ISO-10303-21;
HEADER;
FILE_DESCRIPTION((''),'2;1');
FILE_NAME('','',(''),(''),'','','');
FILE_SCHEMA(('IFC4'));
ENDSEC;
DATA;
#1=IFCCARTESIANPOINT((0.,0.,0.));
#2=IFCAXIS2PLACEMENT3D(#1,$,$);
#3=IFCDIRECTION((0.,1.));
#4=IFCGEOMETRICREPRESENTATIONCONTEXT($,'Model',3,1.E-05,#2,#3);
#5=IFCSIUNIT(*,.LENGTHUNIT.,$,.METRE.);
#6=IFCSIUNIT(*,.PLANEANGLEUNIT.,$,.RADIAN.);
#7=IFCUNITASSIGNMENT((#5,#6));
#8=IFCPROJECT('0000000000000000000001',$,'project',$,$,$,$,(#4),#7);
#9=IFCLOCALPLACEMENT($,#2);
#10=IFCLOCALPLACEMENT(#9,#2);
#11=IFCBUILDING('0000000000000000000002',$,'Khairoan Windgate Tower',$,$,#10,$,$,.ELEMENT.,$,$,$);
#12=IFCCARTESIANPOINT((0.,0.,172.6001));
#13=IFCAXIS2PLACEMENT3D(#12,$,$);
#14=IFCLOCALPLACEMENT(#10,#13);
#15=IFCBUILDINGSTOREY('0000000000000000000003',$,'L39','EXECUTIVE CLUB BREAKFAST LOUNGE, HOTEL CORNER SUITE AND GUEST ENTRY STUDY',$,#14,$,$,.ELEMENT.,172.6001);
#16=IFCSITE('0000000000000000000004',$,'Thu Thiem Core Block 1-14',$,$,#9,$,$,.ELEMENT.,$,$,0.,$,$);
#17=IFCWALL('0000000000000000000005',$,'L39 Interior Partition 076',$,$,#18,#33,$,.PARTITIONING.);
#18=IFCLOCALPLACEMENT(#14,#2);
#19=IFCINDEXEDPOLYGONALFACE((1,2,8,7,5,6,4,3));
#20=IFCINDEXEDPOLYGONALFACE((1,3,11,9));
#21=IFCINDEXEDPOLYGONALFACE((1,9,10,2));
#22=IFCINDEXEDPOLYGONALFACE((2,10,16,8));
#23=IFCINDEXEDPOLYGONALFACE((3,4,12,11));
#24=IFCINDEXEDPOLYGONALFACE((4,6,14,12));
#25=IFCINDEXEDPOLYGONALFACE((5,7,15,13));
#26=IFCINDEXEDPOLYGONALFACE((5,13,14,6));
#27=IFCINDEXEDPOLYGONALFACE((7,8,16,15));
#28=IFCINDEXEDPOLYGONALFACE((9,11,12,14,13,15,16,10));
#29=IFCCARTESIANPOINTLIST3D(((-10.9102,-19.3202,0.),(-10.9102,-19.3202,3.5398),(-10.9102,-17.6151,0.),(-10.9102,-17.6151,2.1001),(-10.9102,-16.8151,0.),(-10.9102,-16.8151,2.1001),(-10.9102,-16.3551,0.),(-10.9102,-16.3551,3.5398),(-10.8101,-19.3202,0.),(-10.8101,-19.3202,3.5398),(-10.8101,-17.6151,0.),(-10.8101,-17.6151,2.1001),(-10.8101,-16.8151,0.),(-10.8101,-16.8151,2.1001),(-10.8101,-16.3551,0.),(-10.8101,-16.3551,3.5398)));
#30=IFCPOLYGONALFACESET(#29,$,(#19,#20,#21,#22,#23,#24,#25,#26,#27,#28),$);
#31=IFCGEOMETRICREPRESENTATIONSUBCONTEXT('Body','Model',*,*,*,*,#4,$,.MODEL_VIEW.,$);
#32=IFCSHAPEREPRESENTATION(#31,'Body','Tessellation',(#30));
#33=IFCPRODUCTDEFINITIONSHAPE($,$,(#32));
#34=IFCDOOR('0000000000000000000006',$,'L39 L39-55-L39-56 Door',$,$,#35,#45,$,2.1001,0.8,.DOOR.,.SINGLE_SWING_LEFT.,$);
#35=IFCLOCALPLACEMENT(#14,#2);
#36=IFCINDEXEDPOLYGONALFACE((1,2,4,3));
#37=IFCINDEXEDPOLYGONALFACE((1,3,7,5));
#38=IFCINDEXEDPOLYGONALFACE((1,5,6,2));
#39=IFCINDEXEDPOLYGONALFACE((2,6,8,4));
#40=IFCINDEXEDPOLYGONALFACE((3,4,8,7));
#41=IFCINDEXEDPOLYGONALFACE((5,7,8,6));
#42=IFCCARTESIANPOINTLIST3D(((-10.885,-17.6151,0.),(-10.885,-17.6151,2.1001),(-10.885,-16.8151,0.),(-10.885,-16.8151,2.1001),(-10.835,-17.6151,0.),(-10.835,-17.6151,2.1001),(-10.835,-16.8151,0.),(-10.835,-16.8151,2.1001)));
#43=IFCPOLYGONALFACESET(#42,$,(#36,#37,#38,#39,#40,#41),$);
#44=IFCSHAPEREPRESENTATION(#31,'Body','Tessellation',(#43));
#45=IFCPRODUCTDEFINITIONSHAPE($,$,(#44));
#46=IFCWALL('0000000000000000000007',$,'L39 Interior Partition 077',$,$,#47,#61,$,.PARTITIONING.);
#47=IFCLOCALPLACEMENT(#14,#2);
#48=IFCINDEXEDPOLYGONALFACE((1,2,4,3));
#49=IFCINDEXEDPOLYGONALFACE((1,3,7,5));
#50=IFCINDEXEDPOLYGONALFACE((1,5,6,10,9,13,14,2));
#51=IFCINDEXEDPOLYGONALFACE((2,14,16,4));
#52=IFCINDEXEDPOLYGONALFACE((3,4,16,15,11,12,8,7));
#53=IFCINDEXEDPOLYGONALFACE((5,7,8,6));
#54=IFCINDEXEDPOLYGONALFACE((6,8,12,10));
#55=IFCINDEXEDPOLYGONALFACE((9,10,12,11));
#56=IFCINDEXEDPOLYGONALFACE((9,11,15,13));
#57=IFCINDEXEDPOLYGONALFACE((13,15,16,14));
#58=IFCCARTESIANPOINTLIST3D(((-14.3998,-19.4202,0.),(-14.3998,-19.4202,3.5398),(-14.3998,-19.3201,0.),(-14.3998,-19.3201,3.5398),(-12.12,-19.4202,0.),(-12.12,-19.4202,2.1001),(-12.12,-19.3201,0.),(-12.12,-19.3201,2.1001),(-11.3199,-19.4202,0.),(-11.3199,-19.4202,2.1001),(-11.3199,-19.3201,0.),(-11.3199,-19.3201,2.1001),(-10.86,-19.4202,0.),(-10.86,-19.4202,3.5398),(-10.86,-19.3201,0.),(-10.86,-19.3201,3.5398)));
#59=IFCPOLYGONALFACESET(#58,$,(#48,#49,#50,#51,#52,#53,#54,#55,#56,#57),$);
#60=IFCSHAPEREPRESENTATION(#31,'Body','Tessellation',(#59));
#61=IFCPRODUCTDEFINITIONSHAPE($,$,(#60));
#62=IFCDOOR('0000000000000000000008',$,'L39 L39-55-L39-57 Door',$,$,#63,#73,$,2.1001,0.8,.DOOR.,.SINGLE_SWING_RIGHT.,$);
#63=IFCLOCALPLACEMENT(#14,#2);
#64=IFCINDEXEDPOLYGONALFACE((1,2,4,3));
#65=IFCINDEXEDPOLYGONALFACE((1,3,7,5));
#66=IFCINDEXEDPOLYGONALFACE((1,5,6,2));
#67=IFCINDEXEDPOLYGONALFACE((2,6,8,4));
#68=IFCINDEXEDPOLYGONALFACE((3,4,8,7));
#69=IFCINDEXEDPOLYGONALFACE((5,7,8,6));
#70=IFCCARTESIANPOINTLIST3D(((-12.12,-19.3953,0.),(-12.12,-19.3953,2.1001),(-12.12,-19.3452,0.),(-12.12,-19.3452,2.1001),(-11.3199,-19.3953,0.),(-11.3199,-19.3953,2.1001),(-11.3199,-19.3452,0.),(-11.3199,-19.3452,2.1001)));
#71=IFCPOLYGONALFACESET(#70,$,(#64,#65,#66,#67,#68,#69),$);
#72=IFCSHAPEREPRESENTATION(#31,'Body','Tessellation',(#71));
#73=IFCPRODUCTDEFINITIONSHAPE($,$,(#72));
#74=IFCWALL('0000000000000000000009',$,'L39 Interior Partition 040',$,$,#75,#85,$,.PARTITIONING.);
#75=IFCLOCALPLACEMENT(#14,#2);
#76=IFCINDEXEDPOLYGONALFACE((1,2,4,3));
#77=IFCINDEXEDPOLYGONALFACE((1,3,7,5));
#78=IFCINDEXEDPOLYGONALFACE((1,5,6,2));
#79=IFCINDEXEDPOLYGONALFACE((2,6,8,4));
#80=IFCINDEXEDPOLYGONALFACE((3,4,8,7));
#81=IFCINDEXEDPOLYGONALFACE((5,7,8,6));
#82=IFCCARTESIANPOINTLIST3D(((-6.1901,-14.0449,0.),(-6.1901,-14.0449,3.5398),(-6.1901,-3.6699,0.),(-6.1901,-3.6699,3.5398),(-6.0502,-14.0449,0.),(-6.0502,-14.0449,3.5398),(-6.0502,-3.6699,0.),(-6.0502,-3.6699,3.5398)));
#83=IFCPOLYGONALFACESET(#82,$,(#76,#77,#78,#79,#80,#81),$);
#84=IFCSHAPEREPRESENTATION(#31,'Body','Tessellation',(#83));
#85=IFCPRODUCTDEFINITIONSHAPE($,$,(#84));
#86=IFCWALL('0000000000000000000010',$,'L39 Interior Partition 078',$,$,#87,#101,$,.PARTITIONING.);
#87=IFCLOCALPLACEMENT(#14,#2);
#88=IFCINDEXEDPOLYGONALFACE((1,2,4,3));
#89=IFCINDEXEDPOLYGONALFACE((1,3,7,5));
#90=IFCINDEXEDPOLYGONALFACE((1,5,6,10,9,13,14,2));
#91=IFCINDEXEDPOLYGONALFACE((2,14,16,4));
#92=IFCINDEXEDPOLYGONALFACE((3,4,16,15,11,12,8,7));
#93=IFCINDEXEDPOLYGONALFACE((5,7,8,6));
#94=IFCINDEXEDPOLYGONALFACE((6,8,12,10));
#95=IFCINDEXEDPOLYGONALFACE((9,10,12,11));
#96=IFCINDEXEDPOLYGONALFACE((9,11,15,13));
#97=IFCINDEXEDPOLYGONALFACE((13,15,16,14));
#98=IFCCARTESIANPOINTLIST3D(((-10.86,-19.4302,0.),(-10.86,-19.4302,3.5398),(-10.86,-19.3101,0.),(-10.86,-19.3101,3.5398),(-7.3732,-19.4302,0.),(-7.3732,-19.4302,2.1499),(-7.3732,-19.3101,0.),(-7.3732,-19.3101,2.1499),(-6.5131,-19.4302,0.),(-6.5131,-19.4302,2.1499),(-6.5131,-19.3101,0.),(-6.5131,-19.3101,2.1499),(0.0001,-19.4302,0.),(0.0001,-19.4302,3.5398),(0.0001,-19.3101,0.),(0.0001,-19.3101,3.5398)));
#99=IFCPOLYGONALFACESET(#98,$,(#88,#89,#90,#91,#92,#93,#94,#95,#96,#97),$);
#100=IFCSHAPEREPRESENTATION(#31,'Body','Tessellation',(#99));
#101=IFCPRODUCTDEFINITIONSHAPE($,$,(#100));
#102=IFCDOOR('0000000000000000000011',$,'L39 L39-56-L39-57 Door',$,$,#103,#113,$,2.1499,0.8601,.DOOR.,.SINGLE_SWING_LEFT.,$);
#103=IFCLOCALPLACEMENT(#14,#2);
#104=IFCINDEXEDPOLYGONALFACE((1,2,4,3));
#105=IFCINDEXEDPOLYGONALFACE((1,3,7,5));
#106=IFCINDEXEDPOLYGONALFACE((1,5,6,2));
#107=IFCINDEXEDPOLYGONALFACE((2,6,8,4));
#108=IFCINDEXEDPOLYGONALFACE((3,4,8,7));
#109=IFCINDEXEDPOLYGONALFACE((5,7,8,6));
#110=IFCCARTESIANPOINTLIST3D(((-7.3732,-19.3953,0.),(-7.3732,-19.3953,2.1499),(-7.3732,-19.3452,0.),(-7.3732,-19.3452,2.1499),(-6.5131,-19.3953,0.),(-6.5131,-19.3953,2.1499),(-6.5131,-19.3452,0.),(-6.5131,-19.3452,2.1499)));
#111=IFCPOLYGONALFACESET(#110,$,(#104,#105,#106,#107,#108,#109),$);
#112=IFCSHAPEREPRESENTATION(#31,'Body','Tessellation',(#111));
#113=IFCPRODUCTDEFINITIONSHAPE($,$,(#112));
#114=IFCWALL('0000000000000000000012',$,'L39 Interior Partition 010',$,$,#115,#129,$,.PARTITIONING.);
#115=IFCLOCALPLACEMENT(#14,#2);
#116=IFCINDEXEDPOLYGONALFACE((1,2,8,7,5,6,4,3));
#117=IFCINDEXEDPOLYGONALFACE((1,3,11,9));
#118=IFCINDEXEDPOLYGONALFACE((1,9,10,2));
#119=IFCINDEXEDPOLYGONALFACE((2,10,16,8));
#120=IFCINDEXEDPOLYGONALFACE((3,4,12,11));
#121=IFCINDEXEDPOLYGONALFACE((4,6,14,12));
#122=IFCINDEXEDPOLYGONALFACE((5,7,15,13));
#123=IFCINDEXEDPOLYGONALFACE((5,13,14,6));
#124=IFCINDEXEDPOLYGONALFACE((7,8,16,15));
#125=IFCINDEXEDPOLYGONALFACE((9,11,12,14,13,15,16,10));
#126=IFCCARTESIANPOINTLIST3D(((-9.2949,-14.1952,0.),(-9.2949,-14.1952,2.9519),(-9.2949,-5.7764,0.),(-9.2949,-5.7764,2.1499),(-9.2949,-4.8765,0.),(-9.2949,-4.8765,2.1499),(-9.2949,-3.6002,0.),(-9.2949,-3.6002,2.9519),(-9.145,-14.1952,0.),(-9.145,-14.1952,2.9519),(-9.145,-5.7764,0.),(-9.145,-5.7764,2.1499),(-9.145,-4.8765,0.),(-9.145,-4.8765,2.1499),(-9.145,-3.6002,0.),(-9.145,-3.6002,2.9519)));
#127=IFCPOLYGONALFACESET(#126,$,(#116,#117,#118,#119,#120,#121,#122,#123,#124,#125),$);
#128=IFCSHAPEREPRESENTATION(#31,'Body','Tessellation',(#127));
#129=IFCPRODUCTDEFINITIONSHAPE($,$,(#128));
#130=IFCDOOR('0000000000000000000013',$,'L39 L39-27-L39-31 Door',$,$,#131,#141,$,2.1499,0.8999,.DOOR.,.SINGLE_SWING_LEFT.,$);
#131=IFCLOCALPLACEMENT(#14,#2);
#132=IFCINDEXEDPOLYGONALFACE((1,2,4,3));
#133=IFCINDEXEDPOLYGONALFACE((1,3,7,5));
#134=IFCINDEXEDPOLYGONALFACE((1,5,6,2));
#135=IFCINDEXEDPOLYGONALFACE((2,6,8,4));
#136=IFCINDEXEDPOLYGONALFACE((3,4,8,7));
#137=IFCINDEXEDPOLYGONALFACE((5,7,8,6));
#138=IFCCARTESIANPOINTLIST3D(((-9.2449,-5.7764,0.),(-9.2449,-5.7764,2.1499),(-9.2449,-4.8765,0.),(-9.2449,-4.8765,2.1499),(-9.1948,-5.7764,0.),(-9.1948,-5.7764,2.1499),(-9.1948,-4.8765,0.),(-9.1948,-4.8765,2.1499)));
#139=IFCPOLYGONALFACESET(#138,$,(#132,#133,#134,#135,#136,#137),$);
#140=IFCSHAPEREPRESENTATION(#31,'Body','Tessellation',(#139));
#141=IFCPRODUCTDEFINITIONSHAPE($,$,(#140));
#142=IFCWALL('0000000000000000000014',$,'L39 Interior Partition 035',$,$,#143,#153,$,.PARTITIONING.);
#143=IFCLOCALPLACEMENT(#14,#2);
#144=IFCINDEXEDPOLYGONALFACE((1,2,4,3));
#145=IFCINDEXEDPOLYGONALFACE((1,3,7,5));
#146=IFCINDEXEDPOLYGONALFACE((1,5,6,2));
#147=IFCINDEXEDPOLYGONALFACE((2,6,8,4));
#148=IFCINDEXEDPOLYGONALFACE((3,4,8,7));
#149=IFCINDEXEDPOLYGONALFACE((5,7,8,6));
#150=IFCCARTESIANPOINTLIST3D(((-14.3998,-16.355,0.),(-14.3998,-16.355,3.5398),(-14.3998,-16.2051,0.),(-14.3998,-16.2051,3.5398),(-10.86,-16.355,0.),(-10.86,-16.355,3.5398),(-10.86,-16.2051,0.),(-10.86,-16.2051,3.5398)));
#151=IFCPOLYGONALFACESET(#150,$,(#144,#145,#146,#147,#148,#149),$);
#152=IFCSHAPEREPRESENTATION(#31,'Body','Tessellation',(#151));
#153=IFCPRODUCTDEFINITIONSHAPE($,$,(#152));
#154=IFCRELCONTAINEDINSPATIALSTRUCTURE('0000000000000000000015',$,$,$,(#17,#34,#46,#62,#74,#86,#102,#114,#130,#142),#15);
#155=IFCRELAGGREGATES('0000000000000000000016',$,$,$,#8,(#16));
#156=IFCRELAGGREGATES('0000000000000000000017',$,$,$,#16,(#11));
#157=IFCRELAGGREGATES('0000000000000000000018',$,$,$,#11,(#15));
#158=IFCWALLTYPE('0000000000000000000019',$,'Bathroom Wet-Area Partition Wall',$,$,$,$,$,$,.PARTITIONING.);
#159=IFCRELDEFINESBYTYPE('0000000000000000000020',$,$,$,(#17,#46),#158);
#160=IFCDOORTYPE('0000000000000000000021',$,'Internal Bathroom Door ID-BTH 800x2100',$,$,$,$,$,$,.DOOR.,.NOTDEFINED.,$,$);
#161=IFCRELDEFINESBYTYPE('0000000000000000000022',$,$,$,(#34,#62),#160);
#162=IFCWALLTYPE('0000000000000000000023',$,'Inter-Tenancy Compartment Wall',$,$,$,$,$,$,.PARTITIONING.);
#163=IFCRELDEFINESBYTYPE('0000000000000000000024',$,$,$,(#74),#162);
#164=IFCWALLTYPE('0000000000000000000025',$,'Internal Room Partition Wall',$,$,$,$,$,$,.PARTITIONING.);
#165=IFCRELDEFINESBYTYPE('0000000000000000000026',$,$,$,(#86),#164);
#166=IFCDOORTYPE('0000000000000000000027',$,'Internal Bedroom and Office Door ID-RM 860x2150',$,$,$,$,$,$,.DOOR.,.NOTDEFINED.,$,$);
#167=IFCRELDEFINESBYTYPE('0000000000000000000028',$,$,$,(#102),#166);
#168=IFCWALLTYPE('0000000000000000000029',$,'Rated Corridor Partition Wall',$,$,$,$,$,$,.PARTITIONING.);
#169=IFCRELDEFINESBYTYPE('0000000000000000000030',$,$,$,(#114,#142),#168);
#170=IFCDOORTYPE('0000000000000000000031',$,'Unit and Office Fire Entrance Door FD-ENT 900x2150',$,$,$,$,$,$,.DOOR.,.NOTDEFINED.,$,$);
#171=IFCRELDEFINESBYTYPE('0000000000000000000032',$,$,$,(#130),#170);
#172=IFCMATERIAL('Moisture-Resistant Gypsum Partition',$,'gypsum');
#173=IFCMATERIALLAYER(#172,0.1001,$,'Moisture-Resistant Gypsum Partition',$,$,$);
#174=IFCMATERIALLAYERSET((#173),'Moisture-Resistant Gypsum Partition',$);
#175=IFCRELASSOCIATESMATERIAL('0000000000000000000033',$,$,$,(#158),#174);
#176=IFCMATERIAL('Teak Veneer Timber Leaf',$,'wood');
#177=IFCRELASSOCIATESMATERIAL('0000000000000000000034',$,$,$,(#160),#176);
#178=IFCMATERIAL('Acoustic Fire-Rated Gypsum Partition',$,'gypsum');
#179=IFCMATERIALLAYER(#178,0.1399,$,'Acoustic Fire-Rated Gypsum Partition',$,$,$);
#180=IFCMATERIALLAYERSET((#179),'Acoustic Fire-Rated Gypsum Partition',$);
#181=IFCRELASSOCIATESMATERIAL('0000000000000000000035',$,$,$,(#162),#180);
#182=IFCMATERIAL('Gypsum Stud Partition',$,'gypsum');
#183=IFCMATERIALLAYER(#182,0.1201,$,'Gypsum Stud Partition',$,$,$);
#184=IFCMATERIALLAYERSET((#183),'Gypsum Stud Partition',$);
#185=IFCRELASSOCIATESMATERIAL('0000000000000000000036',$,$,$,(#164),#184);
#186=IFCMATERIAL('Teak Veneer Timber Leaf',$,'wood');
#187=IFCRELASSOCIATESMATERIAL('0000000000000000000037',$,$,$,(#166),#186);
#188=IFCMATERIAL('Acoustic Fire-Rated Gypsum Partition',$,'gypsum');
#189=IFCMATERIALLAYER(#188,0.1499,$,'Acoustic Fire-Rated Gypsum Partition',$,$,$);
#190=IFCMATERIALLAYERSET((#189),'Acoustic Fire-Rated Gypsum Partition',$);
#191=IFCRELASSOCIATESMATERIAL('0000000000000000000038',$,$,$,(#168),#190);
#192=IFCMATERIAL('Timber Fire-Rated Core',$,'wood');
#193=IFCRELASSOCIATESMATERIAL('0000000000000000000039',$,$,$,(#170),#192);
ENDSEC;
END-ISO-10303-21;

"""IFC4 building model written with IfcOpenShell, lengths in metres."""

from ifc_helpers import new_model, si_unit, direction, frame, frame_2d, origin, place, context, subcontext, project, spatial, rectangle, extrude, material, layer, layer_set, type_object, element, fill, save


model = new_model("IFC4")

# Units and contexts
model_context = context("Model", 3, precision=1e-05, world=origin(), true_north=direction((0.0, 1.0)))
body_context = subcontext(model_context, "Body", "Model", "MODEL_VIEW")
ifc_project = project(units=[si_unit("LENGTHUNIT", "METRE"), si_unit("PLANEANGLEUNIT", "RADIAN")], contexts=[model_context])

# Site, building, storey
site_placement = place(None, origin())
site = spatial("IfcSite", under=ifc_project, at=site_placement, Name="Thu Thiem Core Block 1-14", CompositionType="ELEMENT", RefElevation=0.0)
building_placement = place(site_placement, origin())
building = spatial("IfcBuilding", under=site, at=building_placement, Name="Khairoan Windgate Tower", CompositionType="ELEMENT")
storey_placement = place(building_placement, frame((0.0, 0.0, 172.6001)))
storey = spatial("IfcBuildingStorey", under=building, at=storey_placement, Name="L39", Description="EXECUTIVE CLUB BREAKFAST LOUNGE, HOTEL CORNER SUITE AND GUEST ENTRY STUDY", CompositionType="ELEMENT", Elevation=172.6001)

# Walls, openings, doors
ifc_material_1 = material(Name="Moisture-Resistant Gypsum Partition", Category="gypsum")
ifc_layer_1 = layer(ifc_material_1, 0.1001, Name="Moisture-Resistant Gypsum Partition")
ifc_layer_set_1 = layer_set([ifc_layer_1], Name="Moisture-Resistant Gypsum Partition")
wall_type_1 = type_object("IfcWallType", Name="Bathroom Wet-Area Partition Wall", PredefinedType="PARTITIONING", material=ifc_layer_set_1)
wall_1_placement = place(storey_placement, frame((-10.8601, -19.3201, 0.0), z_axis=(0.0, 0.0, 1.0), x_axis=(0.0, 1.0, 0.0)))
wall_1 = element("IfcWall", 1, at=wall_1_placement, inside=storey, type_object=wall_type_1, Name="L39 Interior Partition 076", PredefinedType="PARTITIONING", context=body_context, shape_type="SweptSolid", body=[
    extrude(rectangle(XDim=2.9651, YDim=0.1001, at=frame_2d((1.4824, 0.0))), origin(), (0.0, 0.0, 1.0), 3.5398),
])
opening_1_placement = place(wall_1_placement, frame((1.7051, 0.0, 0.0)))
opening_1 = element("IfcOpeningElement", 2, at=opening_1_placement, cuts=wall_1, PredefinedType="OPENING", context=body_context, shape_type="SweptSolid", body=[
    extrude(rectangle(XDim=0.8, YDim=2.1001, at=frame_2d((0.3999, 1.05))), frame((0.0, 0.0601, 0.0), z_axis=(0.0, -1.0, 0.0), x_axis=(1.0, 0.0, 0.0)), (0.0, 0.0, 1.0), 0.1201),
])
ifc_material_2 = material(Name="Teak Veneer Timber Leaf", Category="wood")
door_type_1 = type_object("IfcDoorType", Name="Internal Bathroom Door ID-BTH 800x2100", OperationType="NOTDEFINED", PredefinedType="DOOR", material=ifc_material_2)
door_1_placement = place(opening_1_placement, origin())
door_1 = element("IfcDoor", 3, at=door_1_placement, inside=storey, type_object=door_type_1, Name="L39 L39-55-L39-56 Door", OperationType="SINGLE_SWING_LEFT", OverallHeight=2.1001, OverallWidth=0.8, PredefinedType="DOOR", context=body_context, shape_type="SweptSolid", body=[
    extrude(rectangle(XDim=0.8, YDim=2.1001, at=frame_2d((0.3999, 1.05))), frame((0.0, 0.0249, 0.0), z_axis=(0.0, -1.0, 0.0), x_axis=(1.0, 0.0, 0.0)), (0.0, 0.0, 1.0), 0.05),
])
fill(opening_1, door_1)
wall_2_placement = place(storey_placement, frame((-14.3999, -19.3701, 0.0), z_axis=(0.0, 0.0, 1.0), x_axis=(1.0, 0.0, 0.0)))
wall_2 = element("IfcWall", 4, at=wall_2_placement, inside=storey, type_object=wall_type_1, Name="L39 Interior Partition 077", PredefinedType="PARTITIONING", context=body_context, shape_type="SweptSolid", body=[
    extrude(rectangle(XDim=3.5398, YDim=0.1001, at=frame_2d((1.77, 0.0))), origin(), (0.0, 0.0, 1.0), 3.5398),
])
opening_2_placement = place(wall_2_placement, frame((2.28, 0.0, 0.0)))
opening_2 = element("IfcOpeningElement", 5, at=opening_2_placement, cuts=wall_2, PredefinedType="OPENING", context=body_context, shape_type="SweptSolid", body=[
    extrude(rectangle(XDim=0.8, YDim=2.1001, at=frame_2d((0.3999, 1.05))), frame((0.0, 0.0601, 0.0), z_axis=(0.0, -1.0, 0.0), x_axis=(1.0, 0.0, 0.0)), (0.0, 0.0, 1.0), 0.1201),
])
door_2_placement = place(opening_2_placement, origin())
door_2 = element("IfcDoor", 6, at=door_2_placement, inside=storey, type_object=door_type_1, Name="L39 L39-55-L39-57 Door", OperationType="SINGLE_SWING_RIGHT", OverallHeight=2.1001, OverallWidth=0.8, PredefinedType="DOOR", context=body_context, shape_type="SweptSolid", body=[
    extrude(rectangle(XDim=0.8, YDim=2.1001, at=frame_2d((0.3999, 1.05))), frame((0.0, 0.0249, 0.0), z_axis=(0.0, -1.0, 0.0), x_axis=(1.0, 0.0, 0.0)), (0.0, 0.0, 1.0), 0.05),
])
fill(opening_2, door_2)

# Wall
ifc_material_3 = material(Name="Acoustic Fire-Rated Gypsum Partition", Category="gypsum")
ifc_layer_2 = layer(ifc_material_3, 0.1399, Name="Acoustic Fire-Rated Gypsum Partition")
ifc_layer_set_2 = layer_set([ifc_layer_2], Name="Acoustic Fire-Rated Gypsum Partition")
wall_type_2 = type_object("IfcWallType", Name="Inter-Tenancy Compartment Wall", PredefinedType="PARTITIONING", material=ifc_layer_set_2)
wall_3_placement = place(storey_placement, frame((-6.1201, -14.0449, 0.0), z_axis=(0.0, 0.0, 1.0), x_axis=(0.0, 1.0, 0.0)))
element("IfcWall", 7, at=wall_3_placement, inside=storey, type_object=wall_type_2, Name="L39 Interior Partition 040", PredefinedType="PARTITIONING", context=body_context, shape_type="SweptSolid", body=[
    extrude(rectangle(XDim=10.375, YDim=0.1399, at=frame_2d((5.1875, 0.0))), origin(), (0.0, 0.0, 1.0), 3.5398),
])

# Walls, openings, doors
ifc_material_4 = material(Name="Gypsum Stud Partition", Category="gypsum")
ifc_layer_3 = layer(ifc_material_4, 0.1201, Name="Gypsum Stud Partition")
ifc_layer_set_3 = layer_set([ifc_layer_3], Name="Gypsum Stud Partition")
wall_type_3 = type_object("IfcWallType", Name="Internal Room Partition Wall", PredefinedType="PARTITIONING", material=ifc_layer_set_3)
wall_4_placement = place(storey_placement, frame((-10.8601, -19.3701, 0.0), z_axis=(0.0, 0.0, 1.0), x_axis=(1.0, 0.0, 0.0)))
wall_4 = element("IfcWall", 8, at=wall_4_placement, inside=storey, type_object=wall_type_3, Name="L39 Interior Partition 078", PredefinedType="PARTITIONING", context=body_context, shape_type="SweptSolid", body=[
    extrude(rectangle(XDim=10.8601, YDim=0.1201, at=frame_2d((5.4302, 0.0))), origin(), (0.0, 0.0, 1.0), 3.5398),
])
opening_3_placement = place(wall_4_placement, frame((3.4868, 0.0, 0.0)))
opening_3 = element("IfcOpeningElement", 9, at=opening_3_placement, cuts=wall_4, PredefinedType="OPENING", context=body_context, shape_type="SweptSolid", body=[
    extrude(rectangle(XDim=0.8601, YDim=2.1499, at=frame_2d((0.4302, 1.075))), frame((0.0, 0.0701, 0.0), z_axis=(0.0, -1.0, 0.0), x_axis=(1.0, 0.0, 0.0)), (0.0, 0.0, 1.0), 0.1401),
])
ifc_material_5 = material(Name="Teak Veneer Timber Leaf", Category="wood")
door_type_2 = type_object("IfcDoorType", Name="Internal Bedroom and Office Door ID-RM 860x2150", OperationType="NOTDEFINED", PredefinedType="DOOR", material=ifc_material_5)
door_3_placement = place(opening_3_placement, origin())
door_3 = element("IfcDoor", 10, at=door_3_placement, inside=storey, type_object=door_type_2, Name="L39 L39-56-L39-57 Door", OperationType="SINGLE_SWING_LEFT", OverallHeight=2.1499, OverallWidth=0.8601, PredefinedType="DOOR", context=body_context, shape_type="SweptSolid", body=[
    extrude(rectangle(XDim=0.8601, YDim=2.1499, at=frame_2d((0.4302, 1.075))), frame((0.0, 0.0249, 0.0), z_axis=(0.0, -1.0, 0.0), x_axis=(1.0, 0.0, 0.0)), (0.0, 0.0, 1.0), 0.05),
])
fill(opening_3, door_3)
ifc_material_6 = material(Name="Acoustic Fire-Rated Gypsum Partition", Category="gypsum")
ifc_layer_4 = layer(ifc_material_6, 0.1499, Name="Acoustic Fire-Rated Gypsum Partition")
ifc_layer_set_4 = layer_set([ifc_layer_4], Name="Acoustic Fire-Rated Gypsum Partition")
wall_type_4 = type_object("IfcWallType", Name="Rated Corridor Partition Wall", PredefinedType="PARTITIONING", material=ifc_layer_set_4)
wall_5_placement = place(storey_placement, frame((-9.22, -14.1951, 0.0), z_axis=(0.0, 0.0, 1.0), x_axis=(0.0, 1.0, 0.0)))
wall_5 = element("IfcWall", 11, at=wall_5_placement, inside=storey, type_object=wall_type_4, Name="L39 Interior Partition 010", PredefinedType="PARTITIONING", context=body_context, shape_type="SweptSolid", body=[
    extrude(rectangle(XDim=10.595, YDim=0.1499, at=frame_2d((5.2974, 0.0))), origin(), (0.0, 0.0, 1.0), 2.9519),
])
opening_4_placement = place(wall_5_placement, frame((8.4187, 0.0, 0.0)))
opening_4 = element("IfcOpeningElement", 12, at=opening_4_placement, cuts=wall_5, PredefinedType="OPENING", context=body_context, shape_type="SweptSolid", body=[
    extrude(rectangle(XDim=0.8999, YDim=2.1499, at=frame_2d((0.45, 1.075))), frame((0.0, 0.085, 0.0), z_axis=(0.0, -1.0, 0.0), x_axis=(1.0, 0.0, 0.0)), (0.0, 0.0, 1.0), 0.1699),
])
ifc_material_7 = material(Name="Timber Fire-Rated Core", Category="wood")
door_type_3 = type_object("IfcDoorType", Name="Unit and Office Fire Entrance Door FD-ENT 900x2150", OperationType="NOTDEFINED", PredefinedType="DOOR", material=ifc_material_7)
door_4_placement = place(opening_4_placement, origin())
door_4 = element("IfcDoor", 13, at=door_4_placement, inside=storey, type_object=door_type_3, Name="L39 L39-27-L39-31 Door", OperationType="SINGLE_SWING_LEFT", OverallHeight=2.1499, OverallWidth=0.8999, PredefinedType="DOOR", context=body_context, shape_type="SweptSolid", body=[
    extrude(rectangle(XDim=0.8999, YDim=2.1499, at=frame_2d((0.45, 1.075))), frame((0.0, 0.0249, 0.0), z_axis=(0.0, -1.0, 0.0), x_axis=(1.0, 0.0, 0.0)), (0.0, 0.0, 1.0), 0.05),
])
fill(opening_4, door_4)

# Wall
wall_6_placement = place(storey_placement, frame((-14.3999, -16.28, 0.0), z_axis=(0.0, 0.0, 1.0), x_axis=(1.0, 0.0, 0.0)))
element("IfcWall", 14, at=wall_6_placement, inside=storey, type_object=wall_type_4, Name="L39 Interior Partition 035", PredefinedType="PARTITIONING", context=body_context, shape_type="SweptSolid", body=[
    extrude(rectangle(XDim=3.5398, YDim=0.1499, at=frame_2d((1.77, 0.0))), origin(), (0.0, 0.0, 1.0), 3.5398),
])

save(model, "model.ifc")
